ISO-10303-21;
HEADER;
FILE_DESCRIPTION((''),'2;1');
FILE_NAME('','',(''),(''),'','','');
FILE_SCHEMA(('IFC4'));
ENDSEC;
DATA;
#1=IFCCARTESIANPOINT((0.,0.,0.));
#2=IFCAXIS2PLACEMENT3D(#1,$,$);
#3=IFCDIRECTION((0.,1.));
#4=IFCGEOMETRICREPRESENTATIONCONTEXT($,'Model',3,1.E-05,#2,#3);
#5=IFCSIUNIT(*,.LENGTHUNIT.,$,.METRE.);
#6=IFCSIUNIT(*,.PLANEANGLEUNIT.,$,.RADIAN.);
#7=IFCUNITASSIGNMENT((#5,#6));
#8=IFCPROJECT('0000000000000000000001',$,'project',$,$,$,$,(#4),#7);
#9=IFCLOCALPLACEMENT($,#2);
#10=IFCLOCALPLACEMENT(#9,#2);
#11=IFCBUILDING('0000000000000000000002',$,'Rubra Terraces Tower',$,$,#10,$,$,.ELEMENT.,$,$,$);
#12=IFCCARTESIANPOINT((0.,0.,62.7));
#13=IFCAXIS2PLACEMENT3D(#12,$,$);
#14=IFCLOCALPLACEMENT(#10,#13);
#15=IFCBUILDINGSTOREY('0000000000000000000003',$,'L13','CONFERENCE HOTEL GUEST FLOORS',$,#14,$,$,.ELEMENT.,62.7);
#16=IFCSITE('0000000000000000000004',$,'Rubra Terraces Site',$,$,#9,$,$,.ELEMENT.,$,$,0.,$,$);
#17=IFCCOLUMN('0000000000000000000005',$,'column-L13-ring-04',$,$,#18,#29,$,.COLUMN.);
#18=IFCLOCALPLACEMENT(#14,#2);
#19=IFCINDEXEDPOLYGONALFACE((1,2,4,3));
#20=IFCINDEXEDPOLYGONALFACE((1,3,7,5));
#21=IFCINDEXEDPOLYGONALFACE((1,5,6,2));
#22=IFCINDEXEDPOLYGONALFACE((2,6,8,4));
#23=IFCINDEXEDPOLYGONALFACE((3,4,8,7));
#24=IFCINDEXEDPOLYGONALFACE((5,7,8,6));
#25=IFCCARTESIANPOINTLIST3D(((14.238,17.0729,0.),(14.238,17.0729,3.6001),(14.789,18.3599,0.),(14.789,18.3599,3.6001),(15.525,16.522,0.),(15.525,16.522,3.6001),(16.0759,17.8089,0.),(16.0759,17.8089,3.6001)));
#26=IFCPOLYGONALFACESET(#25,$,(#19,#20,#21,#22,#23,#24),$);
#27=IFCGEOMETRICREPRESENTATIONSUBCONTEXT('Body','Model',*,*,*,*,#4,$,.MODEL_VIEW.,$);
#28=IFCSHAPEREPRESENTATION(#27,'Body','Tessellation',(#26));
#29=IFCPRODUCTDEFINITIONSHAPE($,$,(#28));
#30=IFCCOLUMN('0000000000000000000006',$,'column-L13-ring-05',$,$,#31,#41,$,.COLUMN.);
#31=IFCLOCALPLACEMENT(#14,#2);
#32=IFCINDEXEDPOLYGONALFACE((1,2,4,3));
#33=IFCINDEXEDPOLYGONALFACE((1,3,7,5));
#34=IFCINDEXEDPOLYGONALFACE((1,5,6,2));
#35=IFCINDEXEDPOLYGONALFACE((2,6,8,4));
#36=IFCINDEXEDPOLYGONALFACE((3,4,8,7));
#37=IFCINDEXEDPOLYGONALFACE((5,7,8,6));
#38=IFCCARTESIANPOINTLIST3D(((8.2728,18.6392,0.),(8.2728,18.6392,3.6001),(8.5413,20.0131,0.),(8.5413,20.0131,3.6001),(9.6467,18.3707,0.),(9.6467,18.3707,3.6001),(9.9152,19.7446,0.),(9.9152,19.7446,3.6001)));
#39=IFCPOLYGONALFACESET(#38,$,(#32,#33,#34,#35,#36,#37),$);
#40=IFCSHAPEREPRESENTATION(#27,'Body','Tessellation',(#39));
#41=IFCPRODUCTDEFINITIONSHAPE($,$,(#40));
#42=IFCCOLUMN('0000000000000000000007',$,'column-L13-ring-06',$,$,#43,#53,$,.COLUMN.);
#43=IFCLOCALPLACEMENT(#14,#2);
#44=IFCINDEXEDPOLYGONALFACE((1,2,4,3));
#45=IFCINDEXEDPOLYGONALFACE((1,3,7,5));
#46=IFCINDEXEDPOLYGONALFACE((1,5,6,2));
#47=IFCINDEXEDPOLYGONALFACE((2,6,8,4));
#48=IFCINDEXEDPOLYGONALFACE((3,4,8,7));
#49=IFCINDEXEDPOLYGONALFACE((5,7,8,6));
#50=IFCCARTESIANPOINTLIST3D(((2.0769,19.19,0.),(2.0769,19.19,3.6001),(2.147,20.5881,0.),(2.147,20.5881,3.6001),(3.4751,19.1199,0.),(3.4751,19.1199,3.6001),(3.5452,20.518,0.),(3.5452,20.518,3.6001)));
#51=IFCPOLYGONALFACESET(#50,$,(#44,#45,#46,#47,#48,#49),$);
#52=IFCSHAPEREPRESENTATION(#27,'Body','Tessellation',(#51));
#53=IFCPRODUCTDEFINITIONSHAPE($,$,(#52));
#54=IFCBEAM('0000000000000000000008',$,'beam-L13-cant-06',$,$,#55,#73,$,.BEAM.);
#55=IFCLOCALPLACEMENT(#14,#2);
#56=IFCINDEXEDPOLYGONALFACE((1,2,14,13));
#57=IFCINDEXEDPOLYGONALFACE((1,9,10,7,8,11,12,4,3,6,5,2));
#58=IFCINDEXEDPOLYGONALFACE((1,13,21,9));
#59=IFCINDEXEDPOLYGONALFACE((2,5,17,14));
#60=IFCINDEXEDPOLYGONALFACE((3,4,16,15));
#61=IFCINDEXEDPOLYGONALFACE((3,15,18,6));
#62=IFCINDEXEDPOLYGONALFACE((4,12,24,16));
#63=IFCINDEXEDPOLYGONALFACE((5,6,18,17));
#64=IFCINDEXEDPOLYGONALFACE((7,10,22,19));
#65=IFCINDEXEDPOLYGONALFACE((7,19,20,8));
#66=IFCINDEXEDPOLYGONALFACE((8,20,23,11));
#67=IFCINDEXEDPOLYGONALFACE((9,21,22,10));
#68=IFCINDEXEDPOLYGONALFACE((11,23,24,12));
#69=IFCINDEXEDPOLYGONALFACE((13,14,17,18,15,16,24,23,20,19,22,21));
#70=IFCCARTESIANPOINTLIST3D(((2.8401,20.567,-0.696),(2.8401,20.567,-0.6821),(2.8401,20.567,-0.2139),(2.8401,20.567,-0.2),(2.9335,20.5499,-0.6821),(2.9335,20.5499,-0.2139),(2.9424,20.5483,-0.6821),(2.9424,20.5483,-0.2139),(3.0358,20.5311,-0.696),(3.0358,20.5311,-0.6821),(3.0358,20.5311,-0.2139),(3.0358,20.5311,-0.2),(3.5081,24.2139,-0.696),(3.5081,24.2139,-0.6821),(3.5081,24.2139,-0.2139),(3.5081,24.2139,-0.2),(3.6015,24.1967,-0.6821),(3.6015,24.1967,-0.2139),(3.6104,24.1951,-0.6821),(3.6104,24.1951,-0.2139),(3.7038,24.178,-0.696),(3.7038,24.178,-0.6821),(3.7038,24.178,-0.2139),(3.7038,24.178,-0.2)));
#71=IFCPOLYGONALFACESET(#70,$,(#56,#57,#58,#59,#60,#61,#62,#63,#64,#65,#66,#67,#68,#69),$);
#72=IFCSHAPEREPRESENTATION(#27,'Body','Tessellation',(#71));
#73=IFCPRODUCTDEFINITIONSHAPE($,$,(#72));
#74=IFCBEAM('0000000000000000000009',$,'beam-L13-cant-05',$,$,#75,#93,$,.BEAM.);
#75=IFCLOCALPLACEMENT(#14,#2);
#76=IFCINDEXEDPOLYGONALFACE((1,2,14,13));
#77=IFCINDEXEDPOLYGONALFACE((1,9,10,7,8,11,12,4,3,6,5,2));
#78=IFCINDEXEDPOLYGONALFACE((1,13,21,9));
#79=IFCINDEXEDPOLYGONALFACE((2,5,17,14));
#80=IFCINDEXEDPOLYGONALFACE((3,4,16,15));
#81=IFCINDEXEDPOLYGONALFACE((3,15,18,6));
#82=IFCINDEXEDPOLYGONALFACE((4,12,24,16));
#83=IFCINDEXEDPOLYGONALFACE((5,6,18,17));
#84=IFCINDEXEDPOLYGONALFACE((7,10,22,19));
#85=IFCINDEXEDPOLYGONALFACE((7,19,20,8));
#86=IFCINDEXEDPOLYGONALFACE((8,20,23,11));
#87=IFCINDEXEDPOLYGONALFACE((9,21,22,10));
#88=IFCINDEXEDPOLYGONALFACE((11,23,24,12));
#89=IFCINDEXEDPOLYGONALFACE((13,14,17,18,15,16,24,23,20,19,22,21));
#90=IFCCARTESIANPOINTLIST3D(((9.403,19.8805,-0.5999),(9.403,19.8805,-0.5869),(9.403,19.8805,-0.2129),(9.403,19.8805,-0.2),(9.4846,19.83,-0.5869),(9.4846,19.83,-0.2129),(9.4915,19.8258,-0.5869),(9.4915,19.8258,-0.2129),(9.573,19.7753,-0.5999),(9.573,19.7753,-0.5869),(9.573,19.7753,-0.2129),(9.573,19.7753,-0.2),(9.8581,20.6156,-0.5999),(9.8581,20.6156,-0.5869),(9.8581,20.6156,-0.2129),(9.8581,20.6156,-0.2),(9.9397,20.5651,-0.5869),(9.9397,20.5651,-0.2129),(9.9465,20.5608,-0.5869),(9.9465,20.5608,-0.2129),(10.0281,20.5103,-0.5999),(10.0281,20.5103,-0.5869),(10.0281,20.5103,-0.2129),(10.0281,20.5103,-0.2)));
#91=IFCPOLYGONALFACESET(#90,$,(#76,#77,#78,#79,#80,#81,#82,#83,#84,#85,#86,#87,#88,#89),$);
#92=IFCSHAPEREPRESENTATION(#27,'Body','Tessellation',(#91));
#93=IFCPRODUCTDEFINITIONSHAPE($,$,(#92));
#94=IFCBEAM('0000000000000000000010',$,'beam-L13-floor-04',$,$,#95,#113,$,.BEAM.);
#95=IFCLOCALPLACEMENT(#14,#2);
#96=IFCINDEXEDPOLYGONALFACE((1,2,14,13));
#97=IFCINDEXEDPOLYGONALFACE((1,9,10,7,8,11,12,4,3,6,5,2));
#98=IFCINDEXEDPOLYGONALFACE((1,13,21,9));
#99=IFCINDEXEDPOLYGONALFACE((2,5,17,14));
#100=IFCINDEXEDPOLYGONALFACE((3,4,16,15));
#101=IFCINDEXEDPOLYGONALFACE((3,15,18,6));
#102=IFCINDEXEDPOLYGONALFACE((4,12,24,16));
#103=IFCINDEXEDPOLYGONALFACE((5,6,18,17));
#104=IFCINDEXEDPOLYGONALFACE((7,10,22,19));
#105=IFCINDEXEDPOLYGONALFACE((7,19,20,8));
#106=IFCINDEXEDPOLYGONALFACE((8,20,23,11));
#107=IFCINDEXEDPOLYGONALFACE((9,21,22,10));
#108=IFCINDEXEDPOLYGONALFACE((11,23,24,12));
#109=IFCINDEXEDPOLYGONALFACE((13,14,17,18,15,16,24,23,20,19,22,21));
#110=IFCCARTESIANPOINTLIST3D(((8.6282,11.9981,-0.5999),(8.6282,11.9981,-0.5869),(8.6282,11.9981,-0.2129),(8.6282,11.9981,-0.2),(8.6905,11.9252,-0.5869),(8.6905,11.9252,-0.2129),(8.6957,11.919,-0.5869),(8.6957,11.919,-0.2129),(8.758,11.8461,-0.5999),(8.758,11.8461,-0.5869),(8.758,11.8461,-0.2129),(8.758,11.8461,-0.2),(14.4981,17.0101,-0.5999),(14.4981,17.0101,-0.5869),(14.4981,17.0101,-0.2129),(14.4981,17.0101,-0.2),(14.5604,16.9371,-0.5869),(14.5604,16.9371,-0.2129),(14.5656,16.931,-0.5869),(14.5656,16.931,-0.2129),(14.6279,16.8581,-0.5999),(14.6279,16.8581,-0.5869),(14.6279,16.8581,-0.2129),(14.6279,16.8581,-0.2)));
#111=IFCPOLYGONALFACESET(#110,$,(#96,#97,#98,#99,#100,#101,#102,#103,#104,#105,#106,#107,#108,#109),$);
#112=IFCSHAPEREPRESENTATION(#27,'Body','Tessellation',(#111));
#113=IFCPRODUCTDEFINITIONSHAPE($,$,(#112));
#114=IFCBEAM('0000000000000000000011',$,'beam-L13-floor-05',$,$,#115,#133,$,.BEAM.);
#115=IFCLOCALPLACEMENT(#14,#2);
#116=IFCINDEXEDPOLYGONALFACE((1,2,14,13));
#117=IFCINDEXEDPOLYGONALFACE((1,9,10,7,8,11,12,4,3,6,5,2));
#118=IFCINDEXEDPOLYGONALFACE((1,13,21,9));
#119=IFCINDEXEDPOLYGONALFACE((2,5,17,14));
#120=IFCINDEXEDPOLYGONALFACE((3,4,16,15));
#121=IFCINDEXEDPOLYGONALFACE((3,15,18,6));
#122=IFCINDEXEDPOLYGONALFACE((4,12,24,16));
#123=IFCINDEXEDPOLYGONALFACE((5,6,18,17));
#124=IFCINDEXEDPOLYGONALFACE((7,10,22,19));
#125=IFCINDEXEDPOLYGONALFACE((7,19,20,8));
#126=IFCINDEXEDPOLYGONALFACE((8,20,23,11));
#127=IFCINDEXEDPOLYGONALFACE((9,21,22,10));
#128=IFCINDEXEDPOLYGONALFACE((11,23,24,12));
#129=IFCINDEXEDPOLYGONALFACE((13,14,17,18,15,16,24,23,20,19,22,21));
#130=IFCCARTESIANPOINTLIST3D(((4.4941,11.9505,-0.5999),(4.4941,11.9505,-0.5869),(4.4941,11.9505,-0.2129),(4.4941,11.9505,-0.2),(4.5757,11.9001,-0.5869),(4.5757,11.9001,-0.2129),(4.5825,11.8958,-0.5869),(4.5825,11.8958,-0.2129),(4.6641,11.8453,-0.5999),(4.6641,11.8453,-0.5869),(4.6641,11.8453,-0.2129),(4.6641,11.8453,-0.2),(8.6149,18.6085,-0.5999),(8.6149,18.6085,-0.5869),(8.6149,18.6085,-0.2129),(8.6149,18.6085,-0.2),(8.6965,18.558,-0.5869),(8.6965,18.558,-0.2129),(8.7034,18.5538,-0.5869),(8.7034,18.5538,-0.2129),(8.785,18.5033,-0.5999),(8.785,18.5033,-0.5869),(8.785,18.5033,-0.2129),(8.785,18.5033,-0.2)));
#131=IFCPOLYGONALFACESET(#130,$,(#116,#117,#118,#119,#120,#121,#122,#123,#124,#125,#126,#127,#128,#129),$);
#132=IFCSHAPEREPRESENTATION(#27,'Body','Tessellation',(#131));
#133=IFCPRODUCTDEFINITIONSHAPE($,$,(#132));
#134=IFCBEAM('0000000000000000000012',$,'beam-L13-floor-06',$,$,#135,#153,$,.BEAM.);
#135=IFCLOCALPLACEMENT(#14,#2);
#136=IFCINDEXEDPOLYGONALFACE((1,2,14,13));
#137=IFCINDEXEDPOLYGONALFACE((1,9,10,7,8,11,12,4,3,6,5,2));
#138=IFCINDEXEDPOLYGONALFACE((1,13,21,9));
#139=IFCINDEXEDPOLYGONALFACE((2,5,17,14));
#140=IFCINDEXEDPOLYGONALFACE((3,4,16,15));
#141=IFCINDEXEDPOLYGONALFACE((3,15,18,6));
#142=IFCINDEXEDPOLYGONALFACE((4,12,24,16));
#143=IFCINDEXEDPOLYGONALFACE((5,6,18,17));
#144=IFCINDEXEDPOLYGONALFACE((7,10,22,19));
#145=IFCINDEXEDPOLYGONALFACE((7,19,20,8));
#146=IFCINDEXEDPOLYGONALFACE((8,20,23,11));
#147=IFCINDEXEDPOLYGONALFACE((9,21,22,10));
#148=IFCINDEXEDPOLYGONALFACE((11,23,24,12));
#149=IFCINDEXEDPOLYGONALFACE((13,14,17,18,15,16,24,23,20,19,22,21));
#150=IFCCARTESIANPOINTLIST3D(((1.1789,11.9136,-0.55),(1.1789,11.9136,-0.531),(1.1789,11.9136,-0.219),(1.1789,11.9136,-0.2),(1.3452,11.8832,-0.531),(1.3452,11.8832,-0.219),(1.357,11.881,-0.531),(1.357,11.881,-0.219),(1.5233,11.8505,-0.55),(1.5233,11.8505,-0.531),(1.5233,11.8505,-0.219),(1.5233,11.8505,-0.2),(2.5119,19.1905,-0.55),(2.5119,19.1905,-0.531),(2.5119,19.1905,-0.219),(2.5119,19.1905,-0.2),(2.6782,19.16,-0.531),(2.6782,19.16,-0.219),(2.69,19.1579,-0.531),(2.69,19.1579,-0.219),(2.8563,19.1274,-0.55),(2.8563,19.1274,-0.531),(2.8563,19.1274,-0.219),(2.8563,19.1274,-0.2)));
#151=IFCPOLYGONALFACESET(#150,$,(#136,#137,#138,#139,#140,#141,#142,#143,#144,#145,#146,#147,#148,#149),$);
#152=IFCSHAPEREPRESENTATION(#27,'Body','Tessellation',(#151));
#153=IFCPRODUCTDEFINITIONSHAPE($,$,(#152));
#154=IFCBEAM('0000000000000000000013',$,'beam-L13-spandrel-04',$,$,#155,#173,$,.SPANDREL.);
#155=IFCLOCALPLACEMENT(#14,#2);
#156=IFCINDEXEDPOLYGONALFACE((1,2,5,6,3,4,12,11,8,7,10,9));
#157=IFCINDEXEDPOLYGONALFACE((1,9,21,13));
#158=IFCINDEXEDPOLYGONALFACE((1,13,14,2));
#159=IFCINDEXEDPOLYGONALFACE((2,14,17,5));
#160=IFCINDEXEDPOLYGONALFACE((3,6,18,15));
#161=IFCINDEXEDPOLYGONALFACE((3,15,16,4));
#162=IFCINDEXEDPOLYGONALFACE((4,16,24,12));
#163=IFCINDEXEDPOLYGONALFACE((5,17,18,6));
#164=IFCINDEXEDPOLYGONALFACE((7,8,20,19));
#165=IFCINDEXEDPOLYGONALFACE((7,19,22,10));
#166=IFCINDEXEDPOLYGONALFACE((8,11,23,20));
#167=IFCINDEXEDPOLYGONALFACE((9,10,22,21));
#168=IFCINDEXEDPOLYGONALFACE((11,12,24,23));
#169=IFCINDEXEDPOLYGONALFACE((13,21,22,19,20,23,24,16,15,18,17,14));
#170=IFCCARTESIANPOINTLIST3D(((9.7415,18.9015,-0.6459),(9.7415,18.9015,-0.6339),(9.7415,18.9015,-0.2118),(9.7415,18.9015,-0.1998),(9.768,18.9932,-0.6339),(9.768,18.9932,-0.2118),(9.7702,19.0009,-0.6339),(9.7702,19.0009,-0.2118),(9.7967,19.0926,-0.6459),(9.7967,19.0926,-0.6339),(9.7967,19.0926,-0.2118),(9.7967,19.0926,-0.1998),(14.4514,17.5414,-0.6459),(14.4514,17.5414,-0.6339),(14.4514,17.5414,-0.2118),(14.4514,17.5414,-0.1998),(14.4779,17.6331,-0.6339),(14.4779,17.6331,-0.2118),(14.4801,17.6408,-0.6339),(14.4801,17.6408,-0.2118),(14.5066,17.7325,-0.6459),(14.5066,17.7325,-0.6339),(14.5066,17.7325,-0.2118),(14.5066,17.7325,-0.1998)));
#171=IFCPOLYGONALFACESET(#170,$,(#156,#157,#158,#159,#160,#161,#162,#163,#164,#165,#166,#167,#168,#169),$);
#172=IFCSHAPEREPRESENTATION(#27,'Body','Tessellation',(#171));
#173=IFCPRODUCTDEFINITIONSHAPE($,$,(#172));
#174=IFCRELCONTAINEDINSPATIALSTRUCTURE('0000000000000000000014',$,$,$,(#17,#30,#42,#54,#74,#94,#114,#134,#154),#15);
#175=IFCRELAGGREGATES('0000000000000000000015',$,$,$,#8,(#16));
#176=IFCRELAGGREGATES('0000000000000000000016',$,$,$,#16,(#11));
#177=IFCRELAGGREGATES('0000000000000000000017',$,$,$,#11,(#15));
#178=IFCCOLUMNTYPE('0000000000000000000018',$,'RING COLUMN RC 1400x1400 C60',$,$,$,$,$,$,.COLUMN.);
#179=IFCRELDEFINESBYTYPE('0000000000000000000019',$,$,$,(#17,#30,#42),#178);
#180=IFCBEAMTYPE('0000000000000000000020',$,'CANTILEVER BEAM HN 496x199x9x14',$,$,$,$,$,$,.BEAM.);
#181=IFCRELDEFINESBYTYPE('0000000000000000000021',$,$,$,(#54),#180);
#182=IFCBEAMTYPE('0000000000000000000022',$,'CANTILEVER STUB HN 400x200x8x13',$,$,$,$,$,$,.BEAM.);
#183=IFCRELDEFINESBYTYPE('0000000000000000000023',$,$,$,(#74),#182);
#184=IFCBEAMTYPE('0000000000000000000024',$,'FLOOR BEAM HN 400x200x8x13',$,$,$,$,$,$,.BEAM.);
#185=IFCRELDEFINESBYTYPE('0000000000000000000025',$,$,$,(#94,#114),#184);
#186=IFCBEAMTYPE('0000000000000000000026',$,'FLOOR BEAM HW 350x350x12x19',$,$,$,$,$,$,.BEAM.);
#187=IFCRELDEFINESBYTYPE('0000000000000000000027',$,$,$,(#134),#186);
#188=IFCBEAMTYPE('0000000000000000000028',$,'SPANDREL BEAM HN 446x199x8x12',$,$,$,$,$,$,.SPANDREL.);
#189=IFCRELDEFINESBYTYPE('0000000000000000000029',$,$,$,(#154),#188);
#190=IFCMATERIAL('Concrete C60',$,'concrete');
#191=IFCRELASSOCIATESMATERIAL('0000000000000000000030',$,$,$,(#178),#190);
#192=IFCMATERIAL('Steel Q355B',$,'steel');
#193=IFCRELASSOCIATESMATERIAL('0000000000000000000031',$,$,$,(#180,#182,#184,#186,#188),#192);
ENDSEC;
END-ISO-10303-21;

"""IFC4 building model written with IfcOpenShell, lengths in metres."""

from ifc_helpers import new_model, si_unit, direction, frame, origin, origin_2d, place, context, subcontext, project, spatial, rectangle, i_section, extrude, material, material_profile, profile_set, type_object, element, save


model = new_model("IFC4")

# Units and contexts
model_context = context("Model", 3, precision=1e-05, world=origin(), true_north=direction((0.0, 1.0)))
body_context = subcontext(model_context, "Body", "Model", "MODEL_VIEW")
ifc_project = project(units=[si_unit("LENGTHUNIT", "METRE"), si_unit("PLANEANGLEUNIT", "RADIAN")], contexts=[model_context])

# Site, building, storey
site_placement = place(None, origin())
site = spatial("IfcSite", under=ifc_project, at=site_placement, Name="Rubra Terraces Site", CompositionType="ELEMENT", RefElevation=0.0)
building_placement = place(site_placement, origin())
building = spatial("IfcBuilding", under=site, at=building_placement, Name="Rubra Terraces Tower", CompositionType="ELEMENT")
storey_placement = place(building_placement, frame((0.0, 0.0, 62.7)))
storey = spatial("IfcBuildingStorey", under=building, at=storey_placement, Name="L13", Description="CONFERENCE HOTEL GUEST FLOORS", CompositionType="ELEMENT", Elevation=62.7)

# Columns
ifc_material_1 = material(Name="Concrete C60", Category="concrete")
ifc_material_profile_1 = material_profile(ifc_material_1, rectangle(XDim=1.3999, YDim=1.3999, at=origin_2d()), Name="RC 1400x1400")
ifc_profile_set_1 = profile_set([ifc_material_profile_1], Name="Concrete C60")
column_type = type_object("IfcColumnType", Name="RING COLUMN RC 1400x1400 C60", PredefinedType="COLUMN", material=ifc_profile_set_1)
for number, where, z_axis, x_axis, name in (
    (1, (15.157, 17.4409, 0.0), (0.0, 0.0, 1.0), (-0.919294, 0.393572, 0.0), "column-L13-ring-04"),
    (2, (9.094, 19.1919, 0.0), (0.0, 0.0, 1.0), (-0.98143, 0.191819, 0.0), "column-L13-ring-05"),
    (3, (2.811, 19.854, 0.0), (0.0, 0.0, 1.0), (-0.998745, 0.050084, 0.0), "column-L13-ring-06"),
):
    element("IfcColumn", number, at=place(storey_placement, frame(where, z_axis=z_axis, x_axis=x_axis)), inside=storey, type_object=column_type, Name=name, PredefinedType="COLUMN", context=body_context, shape_type="SweptSolid", body=[
        extrude(rectangle(XDim=1.3999, YDim=1.3999, at=origin_2d()), origin(), (0.0, 0.0, 1.0), 3.6001),
    ])

# Beams
ifc_material_2 = material(Name="Steel Q355B", Category="steel")
ifc_material_profile_2 = material_profile(ifc_material_2, i_section(OverallWidth=0.199, OverallDepth=0.4961, WebThickness=0.009, FlangeThickness=0.0139, at=origin_2d()), Name="HN 496x199x9x14")
ifc_profile_set_2 = profile_set([ifc_material_profile_2], Name="Steel Q355B")
beam_type_1 = type_object("IfcBeamType", Name="CANTILEVER BEAM HN 496x199x9x14", PredefinedType="BEAM", material=ifc_profile_set_2)
beam_1_placement = place(storey_placement, frame((2.938, 20.5491, -0.448), z_axis=(0.18016, 0.983637, 0.0), x_axis=(-0.983637, 0.18016, 0.0)))
element("IfcBeam", 4, at=beam_1_placement, inside=storey, type_object=beam_type_1, Name="beam-L13-cant-06", PredefinedType="BEAM", context=body_context, shape_type="SweptSolid", body=[
    extrude(i_section(OverallWidth=0.199, OverallDepth=0.4961, WebThickness=0.009, FlangeThickness=0.0139, at=origin_2d()), origin(), (0.0, 0.0, 1.0), 3.7075),
])
ifc_material_profile_3 = material_profile(ifc_material_2, i_section(OverallWidth=0.2, OverallDepth=0.3999, WebThickness=0.0081, FlangeThickness=0.0129, at=origin_2d()), Name="HN 400x200x8x13")
ifc_profile_set_3 = profile_set([ifc_material_profile_3], Name="Steel Q355B")
beam_type_2 = type_object("IfcBeamType", Name="CANTILEVER STUB HN 400x200x8x13", PredefinedType="BEAM", material=ifc_profile_set_3)
beam_2_placement = place(storey_placement, frame((9.488, 19.8279, -0.3999), z_axis=(0.526364, 0.850259, 0.0), x_axis=(-0.850259, 0.526364, 0.0)))
element("IfcBeam", 5, at=beam_2_placement, inside=storey, type_object=beam_type_2, Name="beam-L13-cant-05", PredefinedType="BEAM", context=body_context, shape_type="SweptSolid", body=[
    extrude(i_section(OverallWidth=0.2, OverallDepth=0.3999, WebThickness=0.0081, FlangeThickness=0.0129, at=origin_2d()), origin(), (0.0, 0.0, 1.0), 0.8645),
])
ifc_material_profile_4 = material_profile(ifc_material_2, i_section(OverallWidth=0.2, OverallDepth=0.3999, WebThickness=0.0081, FlangeThickness=0.0129, at=origin_2d()), Name="HN 400x200x8x13")
ifc_profile_set_4 = profile_set([ifc_material_profile_4], Name="Steel Q355B")
beam_type_3 = type_object("IfcBeamType", Name="FLOOR BEAM HN 400x200x8x13", PredefinedType="BEAM", material=ifc_profile_set_4)
beam_3_placement = place(storey_placement, frame((14.563, 16.9341, -0.3999), z_axis=(-0.760494, -0.649344, 0.0), x_axis=(0.649344, -0.760494, 0.0)))
element("IfcBeam", 6, at=beam_3_placement, inside=storey, type_object=beam_type_3, Name="beam-L13-floor-04", PredefinedType="BEAM", context=body_context, shape_type="SweptSolid", body=[
    extrude(i_section(OverallWidth=0.2, OverallDepth=0.3999, WebThickness=0.0081, FlangeThickness=0.0129, at=origin_2d()), origin(), (0.0, 0.0, 1.0), 7.7185),
])
beam_4_placement = place(storey_placement, frame((8.7, 18.5559, -0.3999), z_axis=(-0.526286, -0.850308, 0.0), x_axis=(0.850308, -0.526286, 0.0)))
element("IfcBeam", 7, at=beam_4_placement, inside=storey, type_object=beam_type_3, Name="beam-L13-floor-05", PredefinedType="BEAM", context=body_context, shape_type="SweptSolid", body=[
    extrude(i_section(OverallWidth=0.2, OverallDepth=0.3999, WebThickness=0.0081, FlangeThickness=0.0129, at=origin_2d()), origin(), (0.0, 0.0, 1.0), 7.8301),
])
ifc_material_profile_5 = material_profile(ifc_material_2, i_section(OverallWidth=0.3501, OverallDepth=0.3501, WebThickness=0.012, FlangeThickness=0.019, at=origin_2d()), Name="HW 350x350x12x19")
ifc_profile_set_5 = profile_set([ifc_material_profile_5], Name="Steel Q355B")
beam_type_4 = type_object("IfcBeamType", Name="FLOOR BEAM HW 350x350x12x19", PredefinedType="BEAM", material=ifc_profile_set_5)
beam_5_placement = place(storey_placement, frame((2.6841, 19.1589, -0.375), z_axis=(-0.180186, -0.983632, 0.0), x_axis=(0.983632, -0.180186, 0.0)))
element("IfcBeam", 8, at=beam_5_placement, inside=storey, type_object=beam_type_4, Name="beam-L13-floor-06", PredefinedType="BEAM", context=body_context, shape_type="SweptSolid", body=[
    extrude(i_section(OverallWidth=0.3501, OverallDepth=0.3501, WebThickness=0.012, FlangeThickness=0.019, at=origin_2d()), origin(), (0.0, 0.0, 1.0), 7.3979),
])
ifc_material_profile_6 = material_profile(ifc_material_2, i_section(OverallWidth=0.199, OverallDepth=0.446, WebThickness=0.0081, FlangeThickness=0.012, at=origin_2d()), Name="HN 446x199x8x12")
ifc_profile_set_6 = profile_set([ifc_material_profile_6], Name="Steel Q355B")
beam_type_5 = type_object("IfcBeamType", Name="SPANDREL BEAM HN 446x199x8x12", PredefinedType="SPANDREL", material=ifc_profile_set_6)
beam_6_placement = place(storey_placement, frame((14.479, 17.637, -0.4229), z_axis=(-0.960744, 0.277436, 0.0), x_axis=(-0.277436, -0.960744, 0.0)))
element("IfcBeam", 9, at=beam_6_placement, inside=storey, type_object=beam_type_5, Name="beam-L13-spandrel-04", PredefinedType="SPANDREL", context=body_context, shape_type="SweptSolid", body=[
    extrude(i_section(OverallWidth=0.199, OverallDepth=0.446, WebThickness=0.0081, FlangeThickness=0.012, at=origin_2d()), origin(), (0.0, 0.0, 1.0), 4.9023),
])

save(model, "model.ifc")
